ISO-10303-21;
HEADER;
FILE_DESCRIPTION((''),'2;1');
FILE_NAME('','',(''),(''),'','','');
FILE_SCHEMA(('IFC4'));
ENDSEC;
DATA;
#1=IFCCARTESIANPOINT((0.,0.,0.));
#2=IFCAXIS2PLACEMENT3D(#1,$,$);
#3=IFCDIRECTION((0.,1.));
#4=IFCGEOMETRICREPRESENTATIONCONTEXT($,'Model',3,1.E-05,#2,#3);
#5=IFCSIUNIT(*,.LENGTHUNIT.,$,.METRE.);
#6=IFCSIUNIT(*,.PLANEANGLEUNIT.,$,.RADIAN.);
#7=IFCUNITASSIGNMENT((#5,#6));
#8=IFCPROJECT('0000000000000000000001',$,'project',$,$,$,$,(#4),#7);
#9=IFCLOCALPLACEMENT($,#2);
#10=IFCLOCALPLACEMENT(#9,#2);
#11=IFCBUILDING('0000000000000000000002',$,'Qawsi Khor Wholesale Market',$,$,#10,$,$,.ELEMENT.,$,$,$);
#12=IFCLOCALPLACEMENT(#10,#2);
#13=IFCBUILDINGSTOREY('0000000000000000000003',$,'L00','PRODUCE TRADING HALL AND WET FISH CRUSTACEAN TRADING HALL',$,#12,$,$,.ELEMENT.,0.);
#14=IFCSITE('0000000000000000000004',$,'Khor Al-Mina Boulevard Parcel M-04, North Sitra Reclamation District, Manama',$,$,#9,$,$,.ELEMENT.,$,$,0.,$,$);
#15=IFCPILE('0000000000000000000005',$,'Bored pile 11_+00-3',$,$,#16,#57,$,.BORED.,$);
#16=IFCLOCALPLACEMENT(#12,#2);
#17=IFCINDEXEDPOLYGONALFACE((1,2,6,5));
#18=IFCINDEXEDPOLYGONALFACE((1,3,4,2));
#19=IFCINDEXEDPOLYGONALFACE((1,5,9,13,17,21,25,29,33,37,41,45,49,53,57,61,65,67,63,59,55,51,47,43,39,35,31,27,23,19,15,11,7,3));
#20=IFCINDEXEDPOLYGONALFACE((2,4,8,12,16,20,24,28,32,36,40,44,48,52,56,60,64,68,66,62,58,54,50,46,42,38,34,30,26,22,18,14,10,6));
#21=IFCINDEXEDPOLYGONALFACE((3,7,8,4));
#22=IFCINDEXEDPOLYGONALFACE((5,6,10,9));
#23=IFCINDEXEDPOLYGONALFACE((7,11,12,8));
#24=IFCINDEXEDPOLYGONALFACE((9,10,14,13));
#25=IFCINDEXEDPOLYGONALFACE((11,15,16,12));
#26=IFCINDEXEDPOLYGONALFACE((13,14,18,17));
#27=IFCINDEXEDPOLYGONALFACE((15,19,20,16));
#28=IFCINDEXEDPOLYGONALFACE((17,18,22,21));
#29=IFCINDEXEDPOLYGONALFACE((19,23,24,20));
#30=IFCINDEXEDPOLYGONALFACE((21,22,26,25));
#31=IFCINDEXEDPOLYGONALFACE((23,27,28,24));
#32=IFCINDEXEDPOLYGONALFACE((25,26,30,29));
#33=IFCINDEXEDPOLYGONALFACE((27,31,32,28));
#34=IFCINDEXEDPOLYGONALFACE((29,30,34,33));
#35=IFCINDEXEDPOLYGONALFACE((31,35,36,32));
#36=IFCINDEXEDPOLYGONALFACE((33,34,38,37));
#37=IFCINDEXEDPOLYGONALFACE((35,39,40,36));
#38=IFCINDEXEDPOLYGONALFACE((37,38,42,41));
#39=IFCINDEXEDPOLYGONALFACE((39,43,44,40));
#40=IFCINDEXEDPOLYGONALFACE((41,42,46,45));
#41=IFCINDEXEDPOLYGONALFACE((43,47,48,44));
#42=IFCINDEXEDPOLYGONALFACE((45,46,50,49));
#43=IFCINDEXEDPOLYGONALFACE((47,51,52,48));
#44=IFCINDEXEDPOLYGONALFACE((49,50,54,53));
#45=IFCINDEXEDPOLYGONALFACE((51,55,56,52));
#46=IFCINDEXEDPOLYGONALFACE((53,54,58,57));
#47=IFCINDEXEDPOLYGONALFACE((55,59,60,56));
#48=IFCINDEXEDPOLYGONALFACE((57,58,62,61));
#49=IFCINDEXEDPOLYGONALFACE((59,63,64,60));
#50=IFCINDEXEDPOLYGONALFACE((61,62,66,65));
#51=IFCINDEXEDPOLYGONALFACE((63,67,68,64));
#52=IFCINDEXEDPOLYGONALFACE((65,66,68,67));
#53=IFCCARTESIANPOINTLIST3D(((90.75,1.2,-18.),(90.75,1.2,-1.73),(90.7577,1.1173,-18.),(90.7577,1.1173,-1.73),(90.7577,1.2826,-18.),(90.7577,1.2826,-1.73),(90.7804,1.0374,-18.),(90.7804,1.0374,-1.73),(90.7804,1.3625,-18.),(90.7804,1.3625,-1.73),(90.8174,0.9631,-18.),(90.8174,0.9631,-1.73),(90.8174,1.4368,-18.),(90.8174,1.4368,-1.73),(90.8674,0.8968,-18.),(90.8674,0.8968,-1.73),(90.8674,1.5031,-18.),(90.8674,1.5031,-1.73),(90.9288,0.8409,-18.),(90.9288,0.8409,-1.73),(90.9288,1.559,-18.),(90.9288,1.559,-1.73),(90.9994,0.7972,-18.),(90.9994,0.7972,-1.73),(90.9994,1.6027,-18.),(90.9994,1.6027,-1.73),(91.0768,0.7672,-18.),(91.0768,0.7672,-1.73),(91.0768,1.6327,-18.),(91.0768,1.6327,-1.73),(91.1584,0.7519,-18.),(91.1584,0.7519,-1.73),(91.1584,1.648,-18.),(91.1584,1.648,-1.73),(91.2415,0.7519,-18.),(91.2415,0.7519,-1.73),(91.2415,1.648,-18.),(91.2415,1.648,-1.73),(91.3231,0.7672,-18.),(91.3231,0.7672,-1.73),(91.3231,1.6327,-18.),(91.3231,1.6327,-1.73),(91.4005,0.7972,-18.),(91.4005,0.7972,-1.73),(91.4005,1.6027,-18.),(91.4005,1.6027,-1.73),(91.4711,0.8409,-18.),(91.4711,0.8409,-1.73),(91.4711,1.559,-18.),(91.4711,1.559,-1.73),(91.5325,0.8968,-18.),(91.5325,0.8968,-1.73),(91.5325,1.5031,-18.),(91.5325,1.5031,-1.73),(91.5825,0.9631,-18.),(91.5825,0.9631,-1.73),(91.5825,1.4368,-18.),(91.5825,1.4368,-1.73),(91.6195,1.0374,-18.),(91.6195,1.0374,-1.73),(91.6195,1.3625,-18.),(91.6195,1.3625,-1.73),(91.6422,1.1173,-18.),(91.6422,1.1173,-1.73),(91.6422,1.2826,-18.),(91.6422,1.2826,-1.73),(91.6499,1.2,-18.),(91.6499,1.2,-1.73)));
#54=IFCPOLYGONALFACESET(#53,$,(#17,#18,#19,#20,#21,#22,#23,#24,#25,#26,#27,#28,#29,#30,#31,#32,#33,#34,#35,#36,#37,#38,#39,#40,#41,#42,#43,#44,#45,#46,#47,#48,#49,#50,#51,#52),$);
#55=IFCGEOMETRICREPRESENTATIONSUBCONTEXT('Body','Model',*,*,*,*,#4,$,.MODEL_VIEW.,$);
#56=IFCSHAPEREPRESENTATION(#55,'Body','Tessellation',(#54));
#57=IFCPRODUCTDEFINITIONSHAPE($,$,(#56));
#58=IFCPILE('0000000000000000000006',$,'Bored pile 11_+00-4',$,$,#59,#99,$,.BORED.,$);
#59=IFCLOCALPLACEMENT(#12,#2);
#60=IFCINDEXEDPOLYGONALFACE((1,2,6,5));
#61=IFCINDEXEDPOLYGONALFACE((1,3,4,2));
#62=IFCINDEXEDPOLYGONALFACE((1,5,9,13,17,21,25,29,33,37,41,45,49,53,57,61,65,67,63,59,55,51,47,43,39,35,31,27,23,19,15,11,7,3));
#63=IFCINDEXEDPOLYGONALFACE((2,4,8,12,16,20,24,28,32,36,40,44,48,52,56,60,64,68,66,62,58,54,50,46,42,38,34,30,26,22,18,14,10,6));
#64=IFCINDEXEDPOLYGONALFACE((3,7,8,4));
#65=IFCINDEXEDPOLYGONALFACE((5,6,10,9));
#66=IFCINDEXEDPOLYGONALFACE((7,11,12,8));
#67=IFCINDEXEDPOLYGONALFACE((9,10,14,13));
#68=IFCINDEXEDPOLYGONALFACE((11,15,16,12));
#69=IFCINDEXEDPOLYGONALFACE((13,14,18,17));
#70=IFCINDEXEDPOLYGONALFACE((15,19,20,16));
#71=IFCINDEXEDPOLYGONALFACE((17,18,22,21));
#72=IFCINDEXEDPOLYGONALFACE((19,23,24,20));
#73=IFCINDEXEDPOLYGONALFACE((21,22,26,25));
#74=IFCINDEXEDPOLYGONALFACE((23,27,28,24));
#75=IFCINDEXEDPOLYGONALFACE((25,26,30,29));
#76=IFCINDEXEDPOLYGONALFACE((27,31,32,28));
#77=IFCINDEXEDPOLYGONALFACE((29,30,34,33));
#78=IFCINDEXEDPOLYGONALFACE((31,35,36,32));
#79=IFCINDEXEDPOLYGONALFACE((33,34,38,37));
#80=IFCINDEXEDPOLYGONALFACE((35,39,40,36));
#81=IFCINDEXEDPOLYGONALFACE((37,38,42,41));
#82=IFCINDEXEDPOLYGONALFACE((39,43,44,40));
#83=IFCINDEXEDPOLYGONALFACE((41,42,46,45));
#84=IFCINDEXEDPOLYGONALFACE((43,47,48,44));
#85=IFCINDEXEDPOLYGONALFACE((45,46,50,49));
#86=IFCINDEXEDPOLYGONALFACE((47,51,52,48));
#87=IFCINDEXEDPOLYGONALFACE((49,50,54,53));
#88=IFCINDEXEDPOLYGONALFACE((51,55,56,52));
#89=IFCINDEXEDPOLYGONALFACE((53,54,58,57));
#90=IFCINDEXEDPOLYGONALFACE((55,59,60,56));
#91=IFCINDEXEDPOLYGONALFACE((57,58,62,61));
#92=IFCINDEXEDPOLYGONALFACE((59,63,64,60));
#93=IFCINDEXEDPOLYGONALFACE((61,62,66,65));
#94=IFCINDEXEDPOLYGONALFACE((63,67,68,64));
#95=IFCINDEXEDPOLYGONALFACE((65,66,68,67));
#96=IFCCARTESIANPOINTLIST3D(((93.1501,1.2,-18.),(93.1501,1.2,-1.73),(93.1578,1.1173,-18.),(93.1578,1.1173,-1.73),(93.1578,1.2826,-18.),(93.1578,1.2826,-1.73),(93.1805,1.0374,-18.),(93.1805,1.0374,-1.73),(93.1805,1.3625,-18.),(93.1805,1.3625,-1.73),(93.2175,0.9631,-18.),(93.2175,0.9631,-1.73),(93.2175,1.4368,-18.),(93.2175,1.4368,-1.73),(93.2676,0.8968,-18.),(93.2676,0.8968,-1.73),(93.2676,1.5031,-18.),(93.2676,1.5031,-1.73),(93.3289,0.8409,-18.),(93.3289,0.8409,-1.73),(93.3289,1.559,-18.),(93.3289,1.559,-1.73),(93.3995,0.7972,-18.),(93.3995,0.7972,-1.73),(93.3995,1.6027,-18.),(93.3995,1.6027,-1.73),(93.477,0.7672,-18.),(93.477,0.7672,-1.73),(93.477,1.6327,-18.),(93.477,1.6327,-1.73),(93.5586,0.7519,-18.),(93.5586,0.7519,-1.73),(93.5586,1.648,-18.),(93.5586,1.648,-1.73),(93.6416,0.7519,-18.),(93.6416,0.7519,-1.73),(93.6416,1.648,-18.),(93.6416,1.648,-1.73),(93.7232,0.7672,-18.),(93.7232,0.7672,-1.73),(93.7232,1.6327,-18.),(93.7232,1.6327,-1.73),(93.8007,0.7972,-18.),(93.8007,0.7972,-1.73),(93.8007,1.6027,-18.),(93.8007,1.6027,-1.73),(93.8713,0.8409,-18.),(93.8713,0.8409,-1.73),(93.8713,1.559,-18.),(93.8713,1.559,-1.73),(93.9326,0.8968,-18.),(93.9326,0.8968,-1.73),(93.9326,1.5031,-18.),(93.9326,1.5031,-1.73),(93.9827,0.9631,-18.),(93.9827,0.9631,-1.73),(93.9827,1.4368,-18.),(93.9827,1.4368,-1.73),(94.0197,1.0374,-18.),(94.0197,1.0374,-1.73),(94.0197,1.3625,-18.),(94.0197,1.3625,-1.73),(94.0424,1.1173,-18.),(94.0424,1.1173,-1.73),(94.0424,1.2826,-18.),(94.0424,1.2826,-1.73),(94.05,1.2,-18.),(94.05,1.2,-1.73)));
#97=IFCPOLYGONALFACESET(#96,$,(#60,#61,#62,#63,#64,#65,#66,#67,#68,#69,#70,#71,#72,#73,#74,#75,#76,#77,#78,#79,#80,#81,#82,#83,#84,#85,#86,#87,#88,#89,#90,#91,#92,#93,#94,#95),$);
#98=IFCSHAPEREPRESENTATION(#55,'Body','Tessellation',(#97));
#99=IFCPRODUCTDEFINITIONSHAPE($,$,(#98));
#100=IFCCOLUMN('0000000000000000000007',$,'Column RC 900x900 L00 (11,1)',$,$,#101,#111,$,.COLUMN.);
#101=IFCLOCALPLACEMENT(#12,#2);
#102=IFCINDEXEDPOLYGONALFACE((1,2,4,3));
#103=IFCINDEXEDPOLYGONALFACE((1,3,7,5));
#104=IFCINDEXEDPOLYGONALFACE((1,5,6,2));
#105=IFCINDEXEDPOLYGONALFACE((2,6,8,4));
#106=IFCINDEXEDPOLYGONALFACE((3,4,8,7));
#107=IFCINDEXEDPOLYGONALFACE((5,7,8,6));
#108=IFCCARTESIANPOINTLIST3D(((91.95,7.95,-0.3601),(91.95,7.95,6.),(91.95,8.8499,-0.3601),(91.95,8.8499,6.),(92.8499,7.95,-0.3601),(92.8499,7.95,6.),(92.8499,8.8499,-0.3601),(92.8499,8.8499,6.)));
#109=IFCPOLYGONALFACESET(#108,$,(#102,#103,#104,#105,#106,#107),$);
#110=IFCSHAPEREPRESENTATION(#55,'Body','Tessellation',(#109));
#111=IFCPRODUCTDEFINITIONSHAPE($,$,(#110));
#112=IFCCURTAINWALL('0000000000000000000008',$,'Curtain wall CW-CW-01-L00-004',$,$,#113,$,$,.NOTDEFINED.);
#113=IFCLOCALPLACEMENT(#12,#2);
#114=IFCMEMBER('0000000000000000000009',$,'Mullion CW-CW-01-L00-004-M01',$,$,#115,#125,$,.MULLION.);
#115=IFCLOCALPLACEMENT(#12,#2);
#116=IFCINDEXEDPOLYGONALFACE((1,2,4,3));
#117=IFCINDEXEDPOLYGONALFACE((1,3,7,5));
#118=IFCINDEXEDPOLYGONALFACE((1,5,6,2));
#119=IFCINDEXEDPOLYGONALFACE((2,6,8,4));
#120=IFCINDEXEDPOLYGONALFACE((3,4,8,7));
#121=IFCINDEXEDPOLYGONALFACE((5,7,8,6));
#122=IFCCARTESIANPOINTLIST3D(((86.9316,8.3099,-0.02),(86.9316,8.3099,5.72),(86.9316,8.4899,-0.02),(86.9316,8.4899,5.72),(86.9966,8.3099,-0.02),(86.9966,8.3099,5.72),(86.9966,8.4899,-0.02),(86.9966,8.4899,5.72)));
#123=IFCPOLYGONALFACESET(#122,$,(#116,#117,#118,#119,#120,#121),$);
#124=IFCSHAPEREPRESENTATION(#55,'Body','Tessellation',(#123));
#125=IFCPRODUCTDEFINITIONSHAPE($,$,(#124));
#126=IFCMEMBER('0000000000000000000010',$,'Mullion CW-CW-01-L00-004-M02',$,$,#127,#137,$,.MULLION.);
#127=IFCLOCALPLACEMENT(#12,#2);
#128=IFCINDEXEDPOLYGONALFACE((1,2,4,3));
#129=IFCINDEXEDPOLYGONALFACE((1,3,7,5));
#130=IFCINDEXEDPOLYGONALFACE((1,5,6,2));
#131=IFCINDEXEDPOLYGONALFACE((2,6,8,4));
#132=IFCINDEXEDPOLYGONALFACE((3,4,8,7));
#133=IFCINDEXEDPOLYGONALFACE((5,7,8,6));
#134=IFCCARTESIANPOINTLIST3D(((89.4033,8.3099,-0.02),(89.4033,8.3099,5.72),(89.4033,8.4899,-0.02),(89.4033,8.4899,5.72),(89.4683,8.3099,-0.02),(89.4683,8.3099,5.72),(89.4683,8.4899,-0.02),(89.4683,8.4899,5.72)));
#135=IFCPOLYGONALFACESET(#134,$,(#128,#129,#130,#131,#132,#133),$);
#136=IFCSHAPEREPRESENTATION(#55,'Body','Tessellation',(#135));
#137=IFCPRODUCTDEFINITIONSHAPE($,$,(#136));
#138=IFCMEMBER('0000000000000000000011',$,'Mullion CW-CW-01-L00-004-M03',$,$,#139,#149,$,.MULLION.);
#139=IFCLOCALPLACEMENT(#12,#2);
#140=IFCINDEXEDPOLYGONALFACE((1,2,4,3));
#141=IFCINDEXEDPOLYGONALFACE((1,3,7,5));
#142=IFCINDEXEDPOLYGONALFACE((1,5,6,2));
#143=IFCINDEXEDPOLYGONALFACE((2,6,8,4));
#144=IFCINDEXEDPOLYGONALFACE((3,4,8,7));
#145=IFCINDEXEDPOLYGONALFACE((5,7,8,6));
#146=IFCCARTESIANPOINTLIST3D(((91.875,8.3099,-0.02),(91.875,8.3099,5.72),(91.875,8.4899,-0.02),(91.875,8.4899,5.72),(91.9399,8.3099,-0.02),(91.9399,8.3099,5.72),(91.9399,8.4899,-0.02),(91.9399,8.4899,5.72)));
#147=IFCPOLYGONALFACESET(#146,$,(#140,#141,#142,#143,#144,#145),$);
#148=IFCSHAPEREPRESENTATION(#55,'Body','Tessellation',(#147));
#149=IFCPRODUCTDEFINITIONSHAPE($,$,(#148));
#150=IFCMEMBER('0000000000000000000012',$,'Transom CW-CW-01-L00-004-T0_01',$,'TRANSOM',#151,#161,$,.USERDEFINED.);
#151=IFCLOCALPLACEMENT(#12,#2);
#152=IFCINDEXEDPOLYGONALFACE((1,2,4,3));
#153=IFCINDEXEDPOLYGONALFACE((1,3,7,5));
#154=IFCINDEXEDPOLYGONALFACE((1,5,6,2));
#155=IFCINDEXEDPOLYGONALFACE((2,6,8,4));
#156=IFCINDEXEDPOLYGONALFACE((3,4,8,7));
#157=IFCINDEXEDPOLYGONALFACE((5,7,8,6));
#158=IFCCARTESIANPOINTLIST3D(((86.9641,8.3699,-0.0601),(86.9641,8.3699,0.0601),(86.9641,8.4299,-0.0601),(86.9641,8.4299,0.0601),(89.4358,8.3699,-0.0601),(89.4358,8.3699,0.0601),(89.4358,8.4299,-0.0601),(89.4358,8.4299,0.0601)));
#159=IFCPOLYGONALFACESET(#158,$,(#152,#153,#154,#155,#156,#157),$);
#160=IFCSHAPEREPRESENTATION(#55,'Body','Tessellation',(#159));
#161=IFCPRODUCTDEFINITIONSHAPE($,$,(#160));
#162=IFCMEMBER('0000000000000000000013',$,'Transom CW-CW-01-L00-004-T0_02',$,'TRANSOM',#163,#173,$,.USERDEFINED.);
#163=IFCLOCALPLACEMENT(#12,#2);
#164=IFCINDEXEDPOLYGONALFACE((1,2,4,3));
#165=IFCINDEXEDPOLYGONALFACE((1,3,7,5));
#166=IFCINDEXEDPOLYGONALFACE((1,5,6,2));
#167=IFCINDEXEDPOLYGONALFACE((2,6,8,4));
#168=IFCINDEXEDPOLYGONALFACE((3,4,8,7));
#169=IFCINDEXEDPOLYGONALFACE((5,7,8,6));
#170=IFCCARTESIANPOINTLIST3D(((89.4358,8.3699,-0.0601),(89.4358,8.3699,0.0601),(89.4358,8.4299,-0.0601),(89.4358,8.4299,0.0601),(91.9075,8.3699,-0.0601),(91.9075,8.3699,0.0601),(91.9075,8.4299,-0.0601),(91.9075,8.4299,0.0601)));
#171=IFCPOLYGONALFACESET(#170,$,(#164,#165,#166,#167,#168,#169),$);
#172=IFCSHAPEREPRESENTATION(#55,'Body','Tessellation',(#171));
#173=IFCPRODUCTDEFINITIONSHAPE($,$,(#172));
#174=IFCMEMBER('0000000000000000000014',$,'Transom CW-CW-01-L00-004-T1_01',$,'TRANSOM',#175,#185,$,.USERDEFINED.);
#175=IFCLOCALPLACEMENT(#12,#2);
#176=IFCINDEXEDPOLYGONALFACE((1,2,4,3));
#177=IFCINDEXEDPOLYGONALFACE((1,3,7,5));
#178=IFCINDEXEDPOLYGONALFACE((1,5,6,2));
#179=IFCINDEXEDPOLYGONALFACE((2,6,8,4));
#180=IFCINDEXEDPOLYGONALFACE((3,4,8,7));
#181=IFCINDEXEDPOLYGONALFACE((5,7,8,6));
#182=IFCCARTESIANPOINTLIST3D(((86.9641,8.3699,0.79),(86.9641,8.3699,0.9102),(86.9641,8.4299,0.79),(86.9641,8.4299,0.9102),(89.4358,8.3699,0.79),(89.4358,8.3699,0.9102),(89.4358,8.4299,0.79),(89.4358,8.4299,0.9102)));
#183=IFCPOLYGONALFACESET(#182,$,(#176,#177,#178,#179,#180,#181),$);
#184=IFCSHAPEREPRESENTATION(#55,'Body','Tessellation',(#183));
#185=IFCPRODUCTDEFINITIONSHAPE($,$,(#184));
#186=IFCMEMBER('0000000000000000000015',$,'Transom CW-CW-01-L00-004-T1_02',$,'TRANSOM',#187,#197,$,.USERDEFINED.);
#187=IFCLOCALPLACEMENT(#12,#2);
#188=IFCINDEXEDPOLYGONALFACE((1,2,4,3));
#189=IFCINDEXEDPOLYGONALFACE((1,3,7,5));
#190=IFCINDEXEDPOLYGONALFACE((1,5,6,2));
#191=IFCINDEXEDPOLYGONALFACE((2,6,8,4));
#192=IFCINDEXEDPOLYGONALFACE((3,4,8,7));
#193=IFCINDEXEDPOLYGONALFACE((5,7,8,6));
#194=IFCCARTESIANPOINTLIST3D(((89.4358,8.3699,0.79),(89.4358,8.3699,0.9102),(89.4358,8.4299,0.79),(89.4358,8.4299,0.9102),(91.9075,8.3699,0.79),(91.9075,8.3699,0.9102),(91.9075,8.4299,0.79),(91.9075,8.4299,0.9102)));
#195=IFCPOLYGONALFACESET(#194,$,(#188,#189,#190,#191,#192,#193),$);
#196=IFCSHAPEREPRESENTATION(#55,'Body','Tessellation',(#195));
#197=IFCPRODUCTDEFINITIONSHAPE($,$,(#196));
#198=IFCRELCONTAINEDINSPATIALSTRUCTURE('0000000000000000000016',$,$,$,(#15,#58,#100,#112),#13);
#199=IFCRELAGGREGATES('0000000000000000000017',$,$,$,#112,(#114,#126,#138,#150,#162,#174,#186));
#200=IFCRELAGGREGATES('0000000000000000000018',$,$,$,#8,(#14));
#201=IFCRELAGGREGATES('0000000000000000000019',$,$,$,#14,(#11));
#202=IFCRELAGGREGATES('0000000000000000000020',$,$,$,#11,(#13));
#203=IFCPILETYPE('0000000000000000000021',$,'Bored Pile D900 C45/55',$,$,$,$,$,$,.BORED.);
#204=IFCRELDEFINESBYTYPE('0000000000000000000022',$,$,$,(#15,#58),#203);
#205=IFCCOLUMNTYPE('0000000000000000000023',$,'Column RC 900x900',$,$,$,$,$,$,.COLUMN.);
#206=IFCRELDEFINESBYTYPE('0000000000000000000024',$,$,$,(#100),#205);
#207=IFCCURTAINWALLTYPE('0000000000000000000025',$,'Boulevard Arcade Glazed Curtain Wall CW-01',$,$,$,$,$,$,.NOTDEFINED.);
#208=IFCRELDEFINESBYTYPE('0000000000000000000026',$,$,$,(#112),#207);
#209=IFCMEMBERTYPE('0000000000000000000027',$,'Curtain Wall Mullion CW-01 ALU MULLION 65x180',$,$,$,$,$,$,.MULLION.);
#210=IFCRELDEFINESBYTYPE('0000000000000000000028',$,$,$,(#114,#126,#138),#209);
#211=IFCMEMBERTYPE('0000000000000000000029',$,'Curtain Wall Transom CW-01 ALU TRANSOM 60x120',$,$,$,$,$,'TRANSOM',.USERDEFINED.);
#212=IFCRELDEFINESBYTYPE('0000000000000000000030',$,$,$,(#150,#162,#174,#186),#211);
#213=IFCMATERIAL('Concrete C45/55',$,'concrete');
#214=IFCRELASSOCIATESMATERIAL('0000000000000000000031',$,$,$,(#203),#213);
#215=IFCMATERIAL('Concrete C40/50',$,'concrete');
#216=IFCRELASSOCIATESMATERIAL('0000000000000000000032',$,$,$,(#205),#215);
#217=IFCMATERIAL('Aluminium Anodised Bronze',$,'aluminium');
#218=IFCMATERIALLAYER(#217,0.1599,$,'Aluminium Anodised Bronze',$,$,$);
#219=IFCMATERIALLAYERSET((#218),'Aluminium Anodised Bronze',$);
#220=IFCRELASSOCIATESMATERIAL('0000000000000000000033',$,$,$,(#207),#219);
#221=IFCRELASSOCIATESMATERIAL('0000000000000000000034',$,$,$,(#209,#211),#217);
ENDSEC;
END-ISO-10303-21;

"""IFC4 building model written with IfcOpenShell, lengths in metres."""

from ifc_helpers import new_model, si_unit, direction, frame, origin, origin_2d, place, context, subcontext, project, spatial, rectangle, circle, extrude, material, layer, layer_set, material_profile, profile_set, type_object, element, aggregate, save


model = new_model("IFC4")

# Units and contexts
model_context = context("Model", 3, precision=1e-05, world=origin(), true_north=direction((0.0, 1.0)))
body_context = subcontext(model_context, "Body", "Model", "MODEL_VIEW")
ifc_project = project(units=[si_unit("LENGTHUNIT", "METRE"), si_unit("PLANEANGLEUNIT", "RADIAN")], contexts=[model_context])

# Site, building, storey
site_placement = place(None, origin())
site = spatial("IfcSite", under=ifc_project, at=site_placement, Name="Khor Al-Mina Boulevard Parcel M-04, North Sitra Reclamation District, Manama", CompositionType="ELEMENT", RefElevation=0.0)
building_placement = place(site_placement, origin())
building = spatial("IfcBuilding", under=site, at=building_placement, Name="Qawsi Khor Wholesale Market", CompositionType="ELEMENT")
storey_placement = place(building_placement, origin())
storey = spatial("IfcBuildingStorey", under=building, at=storey_placement, Name="L00", Description="PRODUCE TRADING HALL AND WET FISH CRUSTACEAN TRADING HALL", CompositionType="ELEMENT", Elevation=0.0)

# Piles
ifc_material_1 = material(Name="Concrete C45/55", Category="concrete")
ifc_material_profile_1 = material_profile(ifc_material_1, circle(Radius=0.45, at=origin_2d()), Name="PILE D900")
ifc_profile_set_1 = profile_set([ifc_material_profile_1], Name="Concrete C45/55")
pile_type_1 = type_object("IfcPileType", Name="Bored Pile D900 C45/55", PredefinedType="BORED", material=ifc_profile_set_1)
for number, where, z_axis, x_axis, name in (
    (1, (91.2, 1.2, -1.73), (0.0, 0.0, -1.0), (1.0, 0.0, 0.0), "Bored pile 11_+00-3"),
    (2, (93.6001, 1.2, -1.73), (0.0, 0.0, -1.0), (1.0, 0.0, 0.0), "Bored pile 11_+00-4"),
):
    element("IfcPile", number, at=place(storey_placement, frame(where, z_axis=z_axis, x_axis=x_axis)), inside=storey, type_object=pile_type_1, Name=name, PredefinedType="BORED", context=body_context, shape_type="SweptSolid", body=[
        extrude(circle(Radius=0.45, at=origin_2d()), origin(), (0.0, 0.0, 1.0), 16.27),
    ])

# Column
ifc_material_2 = material(Name="Concrete C40/50", Category="concrete")
ifc_material_profile_2 = material_profile(ifc_material_2, rectangle(XDim=0.8999, YDim=0.8999, at=origin_2d()), Name="RC 900x900")
ifc_profile_set_2 = profile_set([ifc_material_profile_2], Name="Concrete C40/50")
column_type = type_object("IfcColumnType", Name="Column RC 900x900", PredefinedType="COLUMN", material=ifc_profile_set_2)
column_placement = place(storey_placement, frame((92.3999, 8.3999, -0.3601), z_axis=(0.0, 0.0, 1.0), x_axis=(1.0, 0.0, 0.0)))
element("IfcColumn", 3, at=column_placement, inside=storey, type_object=column_type, Name="Column RC 900x900 L00 (11,1)", PredefinedType="COLUMN", context=body_context, shape_type="SweptSolid", body=[
    extrude(rectangle(XDim=0.8999, YDim=0.8999, at=origin_2d()), origin(), (0.0, 0.0, 1.0), 6.3601),
])

# Curtain wall, members
ifc_material_3 = material(Name="Aluminium Anodised Bronze", Category="aluminium")
ifc_layer_1 = layer(ifc_material_3, 0.1599, Name="Aluminium Anodised Bronze")
ifc_layer_set_1 = layer_set([ifc_layer_1], Name="Aluminium Anodised Bronze")
curtain_wall_type = type_object("IfcCurtainWallType", Name="Boulevard Arcade Glazed Curtain Wall CW-01", PredefinedType="NOTDEFINED", material=ifc_layer_set_1)
curtain_wall_placement = place(storey_placement, origin())
curtain_wall = element("IfcCurtainWall", 4, at=curtain_wall_placement, inside=storey, type_object=curtain_wall_type, Name="Curtain wall CW-CW-01-L00-004", PredefinedType="NOTDEFINED")
ifc_material_profile_3 = material_profile(ifc_material_3, rectangle(XDim=0.0649, YDim=0.1799, at=origin_2d()), Name="ALU MULLION 65x180")
ifc_profile_set_3 = profile_set([ifc_material_profile_3], Name="Aluminium Anodised Bronze")
member_type_1 = type_object("IfcMemberType", Name="Curtain Wall Mullion CW-01 ALU MULLION 65x180", PredefinedType="MULLION", material=ifc_profile_set_3)
member_1_placement = place(storey_placement, frame((86.9641, 8.3999, -0.02), z_axis=(0.0, 0.0, 1.0), x_axis=(1.0, 0.0, 0.0)))
member_1 = element("IfcMember", 5, at=member_1_placement, type_object=member_type_1, Name="Mullion CW-CW-01-L00-004-M01", PredefinedType="MULLION", context=body_context, shape_type="SweptSolid", body=[
    extrude(rectangle(XDim=0.0649, YDim=0.1799, at=origin_2d()), origin(), (0.0, 0.0, 1.0), 5.74),
])
member_2_placement = place(storey_placement, frame((89.4358, 8.3999, -0.02), z_axis=(0.0, 0.0, 1.0), x_axis=(1.0, 0.0, 0.0)))
member_2 = element("IfcMember", 6, at=member_2_placement, type_object=member_type_1, Name="Mullion CW-CW-01-L00-004-M02", PredefinedType="MULLION", context=body_context, shape_type="SweptSolid", body=[
    extrude(rectangle(XDim=0.0649, YDim=0.1799, at=origin_2d()), origin(), (0.0, 0.0, 1.0), 5.74),
])
member_3_placement = place(storey_placement, frame((91.9075, 8.3999, -0.02), z_axis=(0.0, 0.0, 1.0), x_axis=(1.0, 0.0, 0.0)))
member_3 = element("IfcMember", 7, at=member_3_placement, type_object=member_type_1, Name="Mullion CW-CW-01-L00-004-M03", PredefinedType="MULLION", context=body_context, shape_type="SweptSolid", body=[
    extrude(rectangle(XDim=0.0649, YDim=0.1799, at=origin_2d()), origin(), (0.0, 0.0, 1.0), 5.74),
])
ifc_material_profile_4 = material_profile(ifc_material_3, rectangle(XDim=0.0601, YDim=0.1201, at=origin_2d()), Name="ALU TRANSOM 60x120")
ifc_profile_set_4 = profile_set([ifc_material_profile_4], Name="Aluminium Anodised Bronze")
member_type_2 = type_object("IfcMemberType", Name="Curtain Wall Transom CW-01 ALU TRANSOM 60x120", ElementType="TRANSOM", PredefinedType="USERDEFINED", material=ifc_profile_set_4)
member_4_placement = place(storey_placement, frame((86.9641, 8.3999, 0.0), z_axis=(1.0, 0.0, 0.0), x_axis=(0.0, 1.0, 0.0)))
member_4 = element("IfcMember", 8, at=member_4_placement, type_object=member_type_2, Name="Transom CW-CW-01-L00-004-T0_01", ObjectType="TRANSOM", PredefinedType="USERDEFINED", context=body_context, shape_type="SweptSolid", body=[
    extrude(rectangle(XDim=0.0601, YDim=0.1201, at=origin_2d()), origin(), (0.0, 0.0, 1.0), 2.4717),
])
member_5_placement = place(storey_placement, frame((89.4358, 8.3999, 0.0), z_axis=(1.0, 0.0, 0.0), x_axis=(0.0, 1.0, 0.0)))
member_5 = element("IfcMember", 9, at=member_5_placement, type_object=member_type_2, Name="Transom CW-CW-01-L00-004-T0_02", ObjectType="TRANSOM", PredefinedType="USERDEFINED", context=body_context, shape_type="SweptSolid", body=[
    extrude(rectangle(XDim=0.0601, YDim=0.1201, at=origin_2d()), origin(), (0.0, 0.0, 1.0), 2.4717),
])
member_6_placement = place(storey_placement, frame((86.9641, 8.3999, 0.8501), z_axis=(1.0, 0.0, 0.0), x_axis=(0.0, 1.0, 0.0)))
member_6 = element("IfcMember", 10, at=member_6_placement, type_object=member_type_2, Name="Transom CW-CW-01-L00-004-T1_01", ObjectType="TRANSOM", PredefinedType="USERDEFINED", context=body_context, shape_type="SweptSolid", body=[
    extrude(rectangle(XDim=0.0601, YDim=0.1201, at=origin_2d()), origin(), (0.0, 0.0, 1.0), 2.4717),
])
member_7_placement = place(storey_placement, frame((89.4358, 8.3999, 0.8501), z_axis=(1.0, 0.0, 0.0), x_axis=(0.0, 1.0, 0.0)))
member_7 = element("IfcMember", 11, at=member_7_placement, type_object=member_type_2, Name="Transom CW-CW-01-L00-004-T1_02", ObjectType="TRANSOM", PredefinedType="USERDEFINED", context=body_context, shape_type="SweptSolid", body=[
    extrude(rectangle(XDim=0.0601, YDim=0.1201, at=origin_2d()), origin(), (0.0, 0.0, 1.0), 2.4717),
])
aggregate(curtain_wall, [member_1, member_2, member_3, member_4, member_5, member_6, member_7])

save(model, "model.ifc")
